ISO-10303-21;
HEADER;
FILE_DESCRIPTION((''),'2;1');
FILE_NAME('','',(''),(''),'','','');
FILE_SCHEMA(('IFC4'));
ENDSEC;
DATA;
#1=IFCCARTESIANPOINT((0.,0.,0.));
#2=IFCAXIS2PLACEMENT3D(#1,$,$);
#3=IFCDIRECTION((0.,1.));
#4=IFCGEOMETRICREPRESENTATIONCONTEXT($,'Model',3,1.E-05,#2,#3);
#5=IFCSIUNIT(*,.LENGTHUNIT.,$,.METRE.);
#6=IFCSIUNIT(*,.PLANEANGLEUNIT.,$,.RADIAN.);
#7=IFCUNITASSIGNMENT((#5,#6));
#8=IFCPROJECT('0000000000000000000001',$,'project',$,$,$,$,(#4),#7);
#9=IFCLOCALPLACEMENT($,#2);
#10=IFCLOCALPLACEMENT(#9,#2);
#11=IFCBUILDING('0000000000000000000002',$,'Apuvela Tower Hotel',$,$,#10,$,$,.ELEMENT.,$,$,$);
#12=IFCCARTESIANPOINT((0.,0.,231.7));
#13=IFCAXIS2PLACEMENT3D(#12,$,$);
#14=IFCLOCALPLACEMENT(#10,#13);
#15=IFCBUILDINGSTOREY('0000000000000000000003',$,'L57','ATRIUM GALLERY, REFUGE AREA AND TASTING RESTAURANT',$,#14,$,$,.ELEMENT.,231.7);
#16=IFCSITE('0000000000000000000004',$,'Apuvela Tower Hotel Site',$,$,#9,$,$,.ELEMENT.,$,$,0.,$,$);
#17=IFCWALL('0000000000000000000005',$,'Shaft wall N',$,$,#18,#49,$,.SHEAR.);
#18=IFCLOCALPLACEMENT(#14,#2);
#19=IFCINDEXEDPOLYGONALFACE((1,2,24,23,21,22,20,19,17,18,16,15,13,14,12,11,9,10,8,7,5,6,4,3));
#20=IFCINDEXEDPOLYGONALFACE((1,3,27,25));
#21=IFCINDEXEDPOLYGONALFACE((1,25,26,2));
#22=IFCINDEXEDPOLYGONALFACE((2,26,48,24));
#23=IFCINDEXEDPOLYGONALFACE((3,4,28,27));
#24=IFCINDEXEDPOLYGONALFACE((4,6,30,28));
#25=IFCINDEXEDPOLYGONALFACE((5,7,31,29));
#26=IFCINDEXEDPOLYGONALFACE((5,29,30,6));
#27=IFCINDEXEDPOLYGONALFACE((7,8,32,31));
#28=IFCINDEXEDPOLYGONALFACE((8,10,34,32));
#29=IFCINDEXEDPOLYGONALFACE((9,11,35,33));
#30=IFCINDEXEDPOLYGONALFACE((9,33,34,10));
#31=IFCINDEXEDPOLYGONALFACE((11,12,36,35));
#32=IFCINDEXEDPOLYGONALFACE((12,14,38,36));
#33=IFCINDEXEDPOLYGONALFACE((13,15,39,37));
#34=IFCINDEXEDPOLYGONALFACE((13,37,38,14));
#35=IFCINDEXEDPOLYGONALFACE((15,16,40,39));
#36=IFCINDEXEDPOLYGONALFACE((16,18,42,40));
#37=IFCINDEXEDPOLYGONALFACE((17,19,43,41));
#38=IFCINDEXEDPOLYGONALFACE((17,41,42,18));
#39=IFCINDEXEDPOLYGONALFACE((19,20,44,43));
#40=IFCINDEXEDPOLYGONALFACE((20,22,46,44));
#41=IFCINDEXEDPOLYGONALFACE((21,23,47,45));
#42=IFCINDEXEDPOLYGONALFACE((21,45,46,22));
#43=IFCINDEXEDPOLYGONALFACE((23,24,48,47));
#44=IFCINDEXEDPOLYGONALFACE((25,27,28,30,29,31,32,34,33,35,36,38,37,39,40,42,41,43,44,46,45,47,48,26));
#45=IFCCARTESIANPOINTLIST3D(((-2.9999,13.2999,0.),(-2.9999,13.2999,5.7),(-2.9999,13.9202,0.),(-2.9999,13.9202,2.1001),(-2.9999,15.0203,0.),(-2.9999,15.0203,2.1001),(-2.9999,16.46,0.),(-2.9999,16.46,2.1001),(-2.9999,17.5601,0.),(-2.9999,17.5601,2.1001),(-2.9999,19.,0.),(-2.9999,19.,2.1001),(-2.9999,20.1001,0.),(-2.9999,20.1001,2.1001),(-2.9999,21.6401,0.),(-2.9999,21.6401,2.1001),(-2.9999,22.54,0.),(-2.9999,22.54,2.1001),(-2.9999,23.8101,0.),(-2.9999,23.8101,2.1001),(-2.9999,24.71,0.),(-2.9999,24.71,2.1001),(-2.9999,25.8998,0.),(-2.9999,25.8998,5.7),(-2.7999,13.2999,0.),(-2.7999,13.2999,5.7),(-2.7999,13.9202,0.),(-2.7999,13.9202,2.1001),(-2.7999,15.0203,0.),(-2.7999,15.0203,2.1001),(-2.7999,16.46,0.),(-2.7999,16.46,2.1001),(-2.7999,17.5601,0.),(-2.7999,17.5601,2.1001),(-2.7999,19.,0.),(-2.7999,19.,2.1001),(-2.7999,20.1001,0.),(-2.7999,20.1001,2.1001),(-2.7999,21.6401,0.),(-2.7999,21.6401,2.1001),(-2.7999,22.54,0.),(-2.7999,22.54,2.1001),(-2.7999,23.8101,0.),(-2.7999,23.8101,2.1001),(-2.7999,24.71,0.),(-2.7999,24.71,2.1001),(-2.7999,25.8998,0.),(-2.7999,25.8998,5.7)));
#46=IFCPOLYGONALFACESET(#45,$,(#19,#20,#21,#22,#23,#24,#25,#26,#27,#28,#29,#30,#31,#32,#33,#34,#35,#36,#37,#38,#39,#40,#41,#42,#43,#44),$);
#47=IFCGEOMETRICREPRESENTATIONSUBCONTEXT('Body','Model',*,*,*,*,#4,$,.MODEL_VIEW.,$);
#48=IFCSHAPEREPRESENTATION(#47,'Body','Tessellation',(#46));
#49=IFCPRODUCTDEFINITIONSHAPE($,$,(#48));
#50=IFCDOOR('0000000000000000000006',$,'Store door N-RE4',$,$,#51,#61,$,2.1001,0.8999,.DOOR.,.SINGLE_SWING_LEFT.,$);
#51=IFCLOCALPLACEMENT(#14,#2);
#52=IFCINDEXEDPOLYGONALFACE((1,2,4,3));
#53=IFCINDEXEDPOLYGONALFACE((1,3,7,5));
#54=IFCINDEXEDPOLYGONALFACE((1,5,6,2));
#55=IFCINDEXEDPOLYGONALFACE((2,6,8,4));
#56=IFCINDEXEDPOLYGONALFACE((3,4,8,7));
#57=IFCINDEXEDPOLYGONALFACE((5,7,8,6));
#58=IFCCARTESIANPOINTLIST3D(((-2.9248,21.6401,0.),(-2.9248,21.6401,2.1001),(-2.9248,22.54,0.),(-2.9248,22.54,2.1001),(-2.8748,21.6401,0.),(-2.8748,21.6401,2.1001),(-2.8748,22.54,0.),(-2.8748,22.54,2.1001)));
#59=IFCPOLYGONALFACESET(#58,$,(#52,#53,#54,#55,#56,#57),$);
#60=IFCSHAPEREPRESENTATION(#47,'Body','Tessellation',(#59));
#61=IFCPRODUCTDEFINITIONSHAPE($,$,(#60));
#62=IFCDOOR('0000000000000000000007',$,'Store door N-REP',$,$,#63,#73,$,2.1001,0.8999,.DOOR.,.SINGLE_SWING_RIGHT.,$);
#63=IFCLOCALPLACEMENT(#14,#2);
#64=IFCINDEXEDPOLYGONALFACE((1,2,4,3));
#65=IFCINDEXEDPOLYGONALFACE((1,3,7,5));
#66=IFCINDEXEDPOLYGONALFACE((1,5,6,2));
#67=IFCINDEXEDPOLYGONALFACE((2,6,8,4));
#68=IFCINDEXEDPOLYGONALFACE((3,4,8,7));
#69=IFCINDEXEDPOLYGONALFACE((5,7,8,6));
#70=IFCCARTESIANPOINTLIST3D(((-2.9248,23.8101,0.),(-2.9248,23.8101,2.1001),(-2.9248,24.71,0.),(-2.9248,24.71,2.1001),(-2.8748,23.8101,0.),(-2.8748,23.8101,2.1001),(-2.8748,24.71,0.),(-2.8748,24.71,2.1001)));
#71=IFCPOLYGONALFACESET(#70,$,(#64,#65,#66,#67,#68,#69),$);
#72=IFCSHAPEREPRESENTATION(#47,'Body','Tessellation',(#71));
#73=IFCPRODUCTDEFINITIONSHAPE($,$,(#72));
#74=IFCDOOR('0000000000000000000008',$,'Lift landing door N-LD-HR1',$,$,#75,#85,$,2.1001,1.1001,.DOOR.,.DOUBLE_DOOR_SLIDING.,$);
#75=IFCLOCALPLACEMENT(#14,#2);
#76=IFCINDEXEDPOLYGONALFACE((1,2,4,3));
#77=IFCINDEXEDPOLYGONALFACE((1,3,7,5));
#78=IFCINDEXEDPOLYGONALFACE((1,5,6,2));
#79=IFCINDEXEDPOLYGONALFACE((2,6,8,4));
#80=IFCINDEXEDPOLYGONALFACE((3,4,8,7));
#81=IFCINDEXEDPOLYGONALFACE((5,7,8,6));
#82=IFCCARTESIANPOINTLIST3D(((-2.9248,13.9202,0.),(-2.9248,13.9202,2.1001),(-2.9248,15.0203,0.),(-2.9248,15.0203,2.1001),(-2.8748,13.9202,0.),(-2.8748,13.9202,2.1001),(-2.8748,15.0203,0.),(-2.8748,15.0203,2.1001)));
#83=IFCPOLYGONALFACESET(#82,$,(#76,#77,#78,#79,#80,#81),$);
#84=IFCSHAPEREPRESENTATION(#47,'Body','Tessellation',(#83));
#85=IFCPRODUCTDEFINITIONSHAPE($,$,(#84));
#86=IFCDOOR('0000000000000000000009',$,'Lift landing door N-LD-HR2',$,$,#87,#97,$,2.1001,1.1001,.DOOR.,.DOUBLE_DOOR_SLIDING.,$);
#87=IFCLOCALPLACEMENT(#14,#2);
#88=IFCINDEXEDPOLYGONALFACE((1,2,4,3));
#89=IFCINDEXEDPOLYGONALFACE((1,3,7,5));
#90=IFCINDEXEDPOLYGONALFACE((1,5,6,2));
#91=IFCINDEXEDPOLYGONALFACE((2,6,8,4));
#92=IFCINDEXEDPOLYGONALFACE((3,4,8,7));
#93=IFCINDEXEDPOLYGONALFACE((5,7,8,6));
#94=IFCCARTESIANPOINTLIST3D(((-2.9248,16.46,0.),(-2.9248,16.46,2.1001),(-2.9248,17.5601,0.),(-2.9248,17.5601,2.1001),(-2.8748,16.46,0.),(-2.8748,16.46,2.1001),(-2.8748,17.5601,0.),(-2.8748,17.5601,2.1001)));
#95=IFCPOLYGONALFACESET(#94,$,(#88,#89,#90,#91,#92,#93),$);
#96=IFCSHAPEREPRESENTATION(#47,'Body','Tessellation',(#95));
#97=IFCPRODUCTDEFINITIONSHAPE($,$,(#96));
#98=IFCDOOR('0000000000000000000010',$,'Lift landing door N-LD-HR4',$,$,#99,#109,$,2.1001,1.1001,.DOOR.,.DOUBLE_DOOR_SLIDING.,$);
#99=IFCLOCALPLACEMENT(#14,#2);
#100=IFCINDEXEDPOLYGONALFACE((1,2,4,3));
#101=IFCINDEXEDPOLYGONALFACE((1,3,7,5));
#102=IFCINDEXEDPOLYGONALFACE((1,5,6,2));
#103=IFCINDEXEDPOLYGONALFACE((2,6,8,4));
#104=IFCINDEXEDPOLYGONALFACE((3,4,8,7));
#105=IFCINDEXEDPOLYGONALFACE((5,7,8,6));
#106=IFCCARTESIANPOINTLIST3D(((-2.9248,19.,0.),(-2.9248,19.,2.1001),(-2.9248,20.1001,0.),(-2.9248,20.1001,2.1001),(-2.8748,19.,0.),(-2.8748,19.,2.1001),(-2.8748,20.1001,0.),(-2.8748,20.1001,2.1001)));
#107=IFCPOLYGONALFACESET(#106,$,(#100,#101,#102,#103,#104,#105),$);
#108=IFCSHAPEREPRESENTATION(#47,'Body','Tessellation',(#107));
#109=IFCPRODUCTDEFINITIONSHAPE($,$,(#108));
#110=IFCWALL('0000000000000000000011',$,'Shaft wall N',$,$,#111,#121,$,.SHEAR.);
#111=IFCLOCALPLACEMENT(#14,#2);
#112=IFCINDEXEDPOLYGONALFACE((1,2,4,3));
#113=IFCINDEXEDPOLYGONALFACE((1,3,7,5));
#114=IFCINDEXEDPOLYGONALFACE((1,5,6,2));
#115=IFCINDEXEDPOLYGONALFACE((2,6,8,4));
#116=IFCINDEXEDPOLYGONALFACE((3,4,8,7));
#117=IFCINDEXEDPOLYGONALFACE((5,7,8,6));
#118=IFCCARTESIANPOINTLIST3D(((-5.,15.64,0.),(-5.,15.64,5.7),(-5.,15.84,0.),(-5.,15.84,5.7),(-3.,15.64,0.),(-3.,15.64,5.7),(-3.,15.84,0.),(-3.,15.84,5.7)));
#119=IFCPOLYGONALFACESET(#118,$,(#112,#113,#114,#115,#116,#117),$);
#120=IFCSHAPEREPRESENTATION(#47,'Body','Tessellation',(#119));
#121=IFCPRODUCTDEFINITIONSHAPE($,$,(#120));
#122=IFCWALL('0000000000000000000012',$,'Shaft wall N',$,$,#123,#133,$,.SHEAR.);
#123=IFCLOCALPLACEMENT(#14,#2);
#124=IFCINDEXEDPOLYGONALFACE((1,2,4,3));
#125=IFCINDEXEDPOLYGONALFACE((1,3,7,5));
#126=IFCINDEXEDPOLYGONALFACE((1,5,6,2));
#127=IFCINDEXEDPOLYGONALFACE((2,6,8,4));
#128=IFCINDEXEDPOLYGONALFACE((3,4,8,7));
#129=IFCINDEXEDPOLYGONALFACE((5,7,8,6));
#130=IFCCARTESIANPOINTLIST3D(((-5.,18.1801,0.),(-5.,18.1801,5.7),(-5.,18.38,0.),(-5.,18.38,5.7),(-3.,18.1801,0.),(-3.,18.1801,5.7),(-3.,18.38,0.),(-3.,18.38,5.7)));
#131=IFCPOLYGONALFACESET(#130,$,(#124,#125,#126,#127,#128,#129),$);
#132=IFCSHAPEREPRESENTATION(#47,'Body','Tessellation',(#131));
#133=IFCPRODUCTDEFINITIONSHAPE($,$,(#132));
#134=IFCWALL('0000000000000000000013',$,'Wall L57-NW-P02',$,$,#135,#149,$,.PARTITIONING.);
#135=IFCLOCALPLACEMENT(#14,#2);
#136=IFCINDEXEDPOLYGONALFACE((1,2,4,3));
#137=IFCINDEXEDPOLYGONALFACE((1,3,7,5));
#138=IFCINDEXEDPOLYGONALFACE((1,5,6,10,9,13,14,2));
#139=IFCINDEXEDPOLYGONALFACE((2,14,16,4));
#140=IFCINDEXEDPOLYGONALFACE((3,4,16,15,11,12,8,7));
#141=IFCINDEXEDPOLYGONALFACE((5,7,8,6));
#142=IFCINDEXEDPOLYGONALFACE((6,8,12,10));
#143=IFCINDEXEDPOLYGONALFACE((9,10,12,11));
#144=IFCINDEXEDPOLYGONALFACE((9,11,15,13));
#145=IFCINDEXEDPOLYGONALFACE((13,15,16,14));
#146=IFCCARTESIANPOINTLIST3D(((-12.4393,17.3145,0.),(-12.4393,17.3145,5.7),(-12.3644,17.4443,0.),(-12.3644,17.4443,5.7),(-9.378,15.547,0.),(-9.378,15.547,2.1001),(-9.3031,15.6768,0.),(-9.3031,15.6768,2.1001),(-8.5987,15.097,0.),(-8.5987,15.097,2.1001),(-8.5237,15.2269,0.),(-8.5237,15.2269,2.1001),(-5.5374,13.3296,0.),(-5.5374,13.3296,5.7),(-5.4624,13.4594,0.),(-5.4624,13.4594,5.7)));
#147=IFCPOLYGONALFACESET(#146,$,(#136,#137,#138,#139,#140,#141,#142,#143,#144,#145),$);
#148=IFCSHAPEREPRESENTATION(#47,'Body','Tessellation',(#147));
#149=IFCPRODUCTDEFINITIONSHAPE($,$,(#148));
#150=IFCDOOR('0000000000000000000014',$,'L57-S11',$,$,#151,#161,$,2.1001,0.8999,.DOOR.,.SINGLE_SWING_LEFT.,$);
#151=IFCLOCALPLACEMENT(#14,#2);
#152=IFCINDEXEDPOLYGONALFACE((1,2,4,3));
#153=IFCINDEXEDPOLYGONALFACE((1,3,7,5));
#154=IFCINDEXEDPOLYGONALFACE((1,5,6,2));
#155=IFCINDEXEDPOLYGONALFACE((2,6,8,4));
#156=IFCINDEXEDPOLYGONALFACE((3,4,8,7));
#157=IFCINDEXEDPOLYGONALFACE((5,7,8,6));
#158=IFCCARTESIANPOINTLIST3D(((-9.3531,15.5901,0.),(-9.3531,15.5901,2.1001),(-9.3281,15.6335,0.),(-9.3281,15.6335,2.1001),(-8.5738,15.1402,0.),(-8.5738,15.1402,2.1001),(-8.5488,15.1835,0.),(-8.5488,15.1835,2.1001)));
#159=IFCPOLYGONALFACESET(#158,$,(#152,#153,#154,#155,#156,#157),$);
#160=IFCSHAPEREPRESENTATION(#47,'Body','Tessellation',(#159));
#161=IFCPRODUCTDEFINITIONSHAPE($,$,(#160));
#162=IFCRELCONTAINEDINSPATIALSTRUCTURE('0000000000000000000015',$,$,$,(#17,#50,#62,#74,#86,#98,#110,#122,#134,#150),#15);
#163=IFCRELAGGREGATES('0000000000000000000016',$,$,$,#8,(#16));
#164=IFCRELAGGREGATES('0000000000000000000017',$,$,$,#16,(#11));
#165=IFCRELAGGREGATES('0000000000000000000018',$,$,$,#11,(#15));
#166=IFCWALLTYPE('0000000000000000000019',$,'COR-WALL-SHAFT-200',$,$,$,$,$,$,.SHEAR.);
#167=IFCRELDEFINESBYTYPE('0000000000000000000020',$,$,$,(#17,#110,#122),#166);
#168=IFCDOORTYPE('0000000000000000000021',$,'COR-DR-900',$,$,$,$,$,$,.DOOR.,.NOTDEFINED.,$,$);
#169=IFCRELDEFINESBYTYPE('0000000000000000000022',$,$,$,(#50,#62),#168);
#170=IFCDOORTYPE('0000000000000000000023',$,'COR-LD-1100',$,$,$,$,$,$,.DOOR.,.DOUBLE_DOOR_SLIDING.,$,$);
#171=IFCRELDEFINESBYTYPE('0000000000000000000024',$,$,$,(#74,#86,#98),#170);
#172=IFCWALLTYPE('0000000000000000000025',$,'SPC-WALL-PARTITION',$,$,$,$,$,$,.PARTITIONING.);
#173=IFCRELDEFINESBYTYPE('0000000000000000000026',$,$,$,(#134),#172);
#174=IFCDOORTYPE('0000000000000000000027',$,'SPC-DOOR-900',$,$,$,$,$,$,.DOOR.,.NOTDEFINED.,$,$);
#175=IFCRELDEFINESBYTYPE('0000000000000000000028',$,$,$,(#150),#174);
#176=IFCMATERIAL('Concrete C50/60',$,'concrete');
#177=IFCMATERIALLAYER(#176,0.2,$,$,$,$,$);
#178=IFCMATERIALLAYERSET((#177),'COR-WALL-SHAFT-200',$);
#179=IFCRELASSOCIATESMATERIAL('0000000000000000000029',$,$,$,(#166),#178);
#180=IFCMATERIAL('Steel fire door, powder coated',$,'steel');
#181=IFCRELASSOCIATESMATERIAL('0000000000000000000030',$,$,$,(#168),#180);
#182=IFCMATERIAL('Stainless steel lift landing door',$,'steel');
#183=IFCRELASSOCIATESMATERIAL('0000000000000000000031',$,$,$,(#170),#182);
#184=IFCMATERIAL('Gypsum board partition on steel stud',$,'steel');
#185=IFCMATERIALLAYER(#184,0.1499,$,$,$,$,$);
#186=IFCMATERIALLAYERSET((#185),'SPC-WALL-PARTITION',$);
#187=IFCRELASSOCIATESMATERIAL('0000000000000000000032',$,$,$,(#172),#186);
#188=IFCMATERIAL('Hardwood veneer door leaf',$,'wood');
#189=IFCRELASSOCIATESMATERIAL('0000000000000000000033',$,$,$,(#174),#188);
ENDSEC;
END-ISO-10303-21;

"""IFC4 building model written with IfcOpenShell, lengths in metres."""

from ifc_helpers import new_model, si_unit, direction, frame, frame_2d, origin, place, context, subcontext, project, spatial, rectangle, extrude, material, layer, layer_set, type_object, element, fill, save


model = new_model("IFC4")

# Units and contexts
model_context = context("Model", 3, precision=1e-05, world=origin(), true_north=direction((0.0, 1.0)))
body_context = subcontext(model_context, "Body", "Model", "MODEL_VIEW")
ifc_project = project(units=[si_unit("LENGTHUNIT", "METRE"), si_unit("PLANEANGLEUNIT", "RADIAN")], contexts=[model_context])

# Site, building, storey
site_placement = place(None, origin())
site = spatial("IfcSite", under=ifc_project, at=site_placement, Name="Apuvela Tower Hotel Site", CompositionType="ELEMENT", RefElevation=0.0)
building_placement = place(site_placement, origin())
building = spatial("IfcBuilding", under=site, at=building_placement, Name="Apuvela Tower Hotel", CompositionType="ELEMENT")
storey_placement = place(building_placement, frame((0.0, 0.0, 231.7)))
storey = spatial("IfcBuildingStorey", under=building, at=storey_placement, Name="L57", Description="ATRIUM GALLERY, REFUGE AREA AND TASTING RESTAURANT", CompositionType="ELEMENT", Elevation=231.7)

# Shared definitions
ifc_material_1 = material(Name="Concrete C50/60", Category="concrete")
ifc_layer_1 = layer(ifc_material_1, 0.2)
ifc_layer_set_1 = layer_set([ifc_layer_1], Name="COR-WALL-SHAFT-200")
wall_type_1 = type_object("IfcWallType", Name="COR-WALL-SHAFT-200", PredefinedType="SHEAR", material=ifc_layer_set_1)

# Wall, openings, doors
wall_1_placement = place(storey_placement, frame((-2.8999, 13.3, 0.0), z_axis=(0.0, 0.0, 1.0), x_axis=(0.0, 1.0, 0.0)))
wall_1 = element("IfcWall", 1, at=wall_1_placement, inside=storey, type_object=wall_type_1, Name="Shaft wall N", PredefinedType="SHEAR", context=body_context, shape_type="SweptSolid", body=[
    extrude(rectangle(XDim=12.5999, YDim=0.2, at=frame_2d((6.2998, 0.0))), origin(), (0.0, 0.0, 1.0), 5.7),
])
opening_1_placement = place(wall_1_placement, frame((0.6201, 0.0, 0.0)))
opening_1 = element("IfcOpeningElement", 2, at=opening_1_placement, cuts=wall_1, PredefinedType="OPENING", context=body_context, shape_type="SweptSolid", body=[
    extrude(rectangle(XDim=1.1001, YDim=2.1001, at=frame_2d((0.55, 1.05))), frame((0.0, 0.1099, 0.0), z_axis=(0.0, -1.0, 0.0), x_axis=(1.0, 0.0, 0.0)), (0.0, 0.0, 1.0), 0.22),
])
opening_2_placement = place(wall_1_placement, frame((3.1599, 0.0, 0.0)))
opening_2 = element("IfcOpeningElement", 3, at=opening_2_placement, cuts=wall_1, PredefinedType="OPENING", context=body_context, shape_type="SweptSolid", body=[
    extrude(rectangle(XDim=1.1001, YDim=2.1001, at=frame_2d((0.55, 1.05))), frame((0.0, 0.1099, 0.0), z_axis=(0.0, -1.0, 0.0), x_axis=(1.0, 0.0, 0.0)), (0.0, 0.0, 1.0), 0.22),
])
opening_3_placement = place(wall_1_placement, frame((5.7, 0.0, 0.0)))
opening_3 = element("IfcOpeningElement", 4, at=opening_3_placement, cuts=wall_1, PredefinedType="OPENING", context=body_context, shape_type="SweptSolid", body=[
    extrude(rectangle(XDim=1.1001, YDim=2.1001, at=frame_2d((0.55, 1.05))), frame((0.0, 0.1099, 0.0), z_axis=(0.0, -1.0, 0.0), x_axis=(1.0, 0.0, 0.0)), (0.0, 0.0, 1.0), 0.22),
])
opening_4_placement = place(wall_1_placement, frame((8.3401, 0.0, 0.0)))
opening_4 = element("IfcOpeningElement", 5, at=opening_4_placement, cuts=wall_1, PredefinedType="OPENING", context=body_context, shape_type="SweptSolid", body=[
    extrude(rectangle(XDim=0.8999, YDim=2.1001, at=frame_2d((0.45, 1.05))), frame((0.0, 0.1099, 0.0), z_axis=(0.0, -1.0, 0.0), x_axis=(1.0, 0.0, 0.0)), (0.0, 0.0, 1.0), 0.22),
])
opening_5_placement = place(wall_1_placement, frame((10.51, 0.0, 0.0)))
opening_5 = element("IfcOpeningElement", 6, at=opening_5_placement, cuts=wall_1, PredefinedType="OPENING", context=body_context, shape_type="SweptSolid", body=[
    extrude(rectangle(XDim=0.8999, YDim=2.1001, at=frame_2d((0.45, 1.05))), frame((0.0, 0.1099, 0.0), z_axis=(0.0, -1.0, 0.0), x_axis=(1.0, 0.0, 0.0)), (0.0, 0.0, 1.0), 0.22),
])
ifc_material_2 = material(Name="Steel fire door, powder coated", Category="steel")
door_type_1 = type_object("IfcDoorType", Name="COR-DR-900", OperationType="NOTDEFINED", PredefinedType="DOOR", material=ifc_material_2)
door_1_placement = place(opening_4_placement, origin())
door_1 = element("IfcDoor", 7, at=door_1_placement, inside=storey, type_object=door_type_1, Name="Store door N-RE4", OperationType="SINGLE_SWING_LEFT", OverallHeight=2.1001, OverallWidth=0.8999, PredefinedType="DOOR", context=body_context, shape_type="SweptSolid", body=[
    extrude(rectangle(XDim=0.8999, YDim=2.1001, at=frame_2d((0.45, 1.05))), frame((0.0, 0.0249, 0.0), z_axis=(0.0, -1.0, 0.0), x_axis=(1.0, 0.0, 0.0)), (0.0, 0.0, 1.0), 0.05),
])
fill(opening_4, door_1)
door_2_placement = place(opening_5_placement, origin())
door_2 = element("IfcDoor", 8, at=door_2_placement, inside=storey, type_object=door_type_1, Name="Store door N-REP", OperationType="SINGLE_SWING_RIGHT", OverallHeight=2.1001, OverallWidth=0.8999, PredefinedType="DOOR", context=body_context, shape_type="SweptSolid", body=[
    extrude(rectangle(XDim=0.8999, YDim=2.1001, at=frame_2d((0.45, 1.05))), frame((0.0, 0.0249, 0.0), z_axis=(0.0, -1.0, 0.0), x_axis=(1.0, 0.0, 0.0)), (0.0, 0.0, 1.0), 0.05),
])
fill(opening_5, door_2)
ifc_material_3 = material(Name="Stainless steel lift landing door", Category="steel")
door_type_2 = type_object("IfcDoorType", Name="COR-LD-1100", OperationType="DOUBLE_DOOR_SLIDING", PredefinedType="DOOR", material=ifc_material_3)
door_3_placement = place(opening_1_placement, origin())
door_3 = element("IfcDoor", 9, at=door_3_placement, inside=storey, type_object=door_type_2, Name="Lift landing door N-LD-HR1", OperationType="DOUBLE_DOOR_SLIDING", OverallHeight=2.1001, OverallWidth=1.1001, PredefinedType="DOOR", context=body_context, shape_type="SweptSolid", body=[
    extrude(rectangle(XDim=1.1001, YDim=2.1001, at=frame_2d((0.55, 1.05))), frame((0.0, 0.0249, 0.0), z_axis=(0.0, -1.0, 0.0), x_axis=(1.0, 0.0, 0.0)), (0.0, 0.0, 1.0), 0.05),
])
fill(opening_1, door_3)
door_4_placement = place(opening_2_placement, origin())
door_4 = element("IfcDoor", 10, at=door_4_placement, inside=storey, type_object=door_type_2, Name="Lift landing door N-LD-HR2", OperationType="DOUBLE_DOOR_SLIDING", OverallHeight=2.1001, OverallWidth=1.1001, PredefinedType="DOOR", context=body_context, shape_type="SweptSolid", body=[
    extrude(rectangle(XDim=1.1001, YDim=2.1001, at=frame_2d((0.55, 1.05))), frame((0.0, 0.0249, 0.0), z_axis=(0.0, -1.0, 0.0), x_axis=(1.0, 0.0, 0.0)), (0.0, 0.0, 1.0), 0.05),
])
fill(opening_2, door_4)
door_5_placement = place(opening_3_placement, origin())
door_5 = element("IfcDoor", 11, at=door_5_placement, inside=storey, type_object=door_type_2, Name="Lift landing door N-LD-HR4", OperationType="DOUBLE_DOOR_SLIDING", OverallHeight=2.1001, OverallWidth=1.1001, PredefinedType="DOOR", context=body_context, shape_type="SweptSolid", body=[
    extrude(rectangle(XDim=1.1001, YDim=2.1001, at=frame_2d((0.55, 1.05))), frame((0.0, 0.0249, 0.0), z_axis=(0.0, -1.0, 0.0), x_axis=(1.0, 0.0, 0.0)), (0.0, 0.0, 1.0), 0.05),
])
fill(opening_3, door_5)

# Walls
for number, where, z_axis, x_axis, name in (
    (12, (-3.0, 15.74, 0.0), (0.0, 0.0, 1.0), (-1.0, 0.0, 0.0), "Shaft wall N"),
    (13, (-3.0, 18.28, 0.0), (0.0, 0.0, 1.0), (-1.0, 0.0, 0.0), "Shaft wall N"),
):
    element("IfcWall", number, at=place(storey_placement, frame(where, z_axis=z_axis, x_axis=x_axis)), inside=storey, type_object=wall_type_1, Name=name, PredefinedType="SHEAR", context=body_context, shape_type="SweptSolid", body=[
        extrude(rectangle(XDim=2.0, YDim=0.2, at=frame_2d((1.0, 0.0))), origin(), (0.0, 0.0, 1.0), 5.7),
    ])

# Wall, opening, door
ifc_material_4 = material(Name="Gypsum board partition on steel stud", Category="steel")
ifc_layer_2 = layer(ifc_material_4, 0.1499)
ifc_layer_set_2 = layer_set([ifc_layer_2], Name="SPC-WALL-PARTITION")
wall_type_2 = type_object("IfcWallType", Name="SPC-WALL-PARTITION", PredefinedType="PARTITIONING", material=ifc_layer_set_2)
wall_2_placement = place(storey_placement, frame((-12.4019, 17.3794, 0.0), z_axis=(0.0, 0.0, 1.0), x_axis=(0.866021, -0.500007, 0.0)))
wall_2 = element("IfcWall", 14, at=wall_2_placement, inside=storey, type_object=wall_type_2, Name="Wall L57-NW-P02", PredefinedType="PARTITIONING", context=body_context, shape_type="SweptSolid", body=[
    extrude(rectangle(XDim=7.9697, YDim=0.1499, at=frame_2d((3.9849, 0.0))), origin(), (0.0, 0.0, 1.0), 5.7),
])
opening_6_placement = place(wall_2_placement, frame((3.5349, 0.0, 0.0)))
opening_6 = element("IfcOpeningElement", 15, at=opening_6_placement, cuts=wall_2, PredefinedType="OPENING", context=body_context, shape_type="SweptSolid", body=[
    extrude(rectangle(XDim=0.8999, YDim=2.1001, at=frame_2d((0.45, 1.05))), frame((0.0, 0.085, 0.0), z_axis=(0.0, -1.0, 0.0), x_axis=(1.0, 0.0, 0.0)), (0.0, 0.0, 1.0), 0.1699),
])
ifc_material_5 = material(Name="Hardwood veneer door leaf", Category="wood")
door_type_3 = type_object("IfcDoorType", Name="SPC-DOOR-900", OperationType="NOTDEFINED", PredefinedType="DOOR", material=ifc_material_5)
door_6_placement = place(opening_6_placement, origin())
door_6 = element("IfcDoor", 16, at=door_6_placement, inside=storey, type_object=door_type_3, Name="L57-S11", OperationType="SINGLE_SWING_LEFT", OverallHeight=2.1001, OverallWidth=0.8999, PredefinedType="DOOR", context=body_context, shape_type="SweptSolid", body=[
    extrude(rectangle(XDim=0.8999, YDim=2.1001, at=frame_2d((0.45, 1.05))), frame((0.0, 0.0249, 0.0), z_axis=(0.0, -1.0, 0.0), x_axis=(1.0, 0.0, 0.0)), (0.0, 0.0, 1.0), 0.05),
])
fill(opening_6, door_6)

save(model, "model.ifc")
